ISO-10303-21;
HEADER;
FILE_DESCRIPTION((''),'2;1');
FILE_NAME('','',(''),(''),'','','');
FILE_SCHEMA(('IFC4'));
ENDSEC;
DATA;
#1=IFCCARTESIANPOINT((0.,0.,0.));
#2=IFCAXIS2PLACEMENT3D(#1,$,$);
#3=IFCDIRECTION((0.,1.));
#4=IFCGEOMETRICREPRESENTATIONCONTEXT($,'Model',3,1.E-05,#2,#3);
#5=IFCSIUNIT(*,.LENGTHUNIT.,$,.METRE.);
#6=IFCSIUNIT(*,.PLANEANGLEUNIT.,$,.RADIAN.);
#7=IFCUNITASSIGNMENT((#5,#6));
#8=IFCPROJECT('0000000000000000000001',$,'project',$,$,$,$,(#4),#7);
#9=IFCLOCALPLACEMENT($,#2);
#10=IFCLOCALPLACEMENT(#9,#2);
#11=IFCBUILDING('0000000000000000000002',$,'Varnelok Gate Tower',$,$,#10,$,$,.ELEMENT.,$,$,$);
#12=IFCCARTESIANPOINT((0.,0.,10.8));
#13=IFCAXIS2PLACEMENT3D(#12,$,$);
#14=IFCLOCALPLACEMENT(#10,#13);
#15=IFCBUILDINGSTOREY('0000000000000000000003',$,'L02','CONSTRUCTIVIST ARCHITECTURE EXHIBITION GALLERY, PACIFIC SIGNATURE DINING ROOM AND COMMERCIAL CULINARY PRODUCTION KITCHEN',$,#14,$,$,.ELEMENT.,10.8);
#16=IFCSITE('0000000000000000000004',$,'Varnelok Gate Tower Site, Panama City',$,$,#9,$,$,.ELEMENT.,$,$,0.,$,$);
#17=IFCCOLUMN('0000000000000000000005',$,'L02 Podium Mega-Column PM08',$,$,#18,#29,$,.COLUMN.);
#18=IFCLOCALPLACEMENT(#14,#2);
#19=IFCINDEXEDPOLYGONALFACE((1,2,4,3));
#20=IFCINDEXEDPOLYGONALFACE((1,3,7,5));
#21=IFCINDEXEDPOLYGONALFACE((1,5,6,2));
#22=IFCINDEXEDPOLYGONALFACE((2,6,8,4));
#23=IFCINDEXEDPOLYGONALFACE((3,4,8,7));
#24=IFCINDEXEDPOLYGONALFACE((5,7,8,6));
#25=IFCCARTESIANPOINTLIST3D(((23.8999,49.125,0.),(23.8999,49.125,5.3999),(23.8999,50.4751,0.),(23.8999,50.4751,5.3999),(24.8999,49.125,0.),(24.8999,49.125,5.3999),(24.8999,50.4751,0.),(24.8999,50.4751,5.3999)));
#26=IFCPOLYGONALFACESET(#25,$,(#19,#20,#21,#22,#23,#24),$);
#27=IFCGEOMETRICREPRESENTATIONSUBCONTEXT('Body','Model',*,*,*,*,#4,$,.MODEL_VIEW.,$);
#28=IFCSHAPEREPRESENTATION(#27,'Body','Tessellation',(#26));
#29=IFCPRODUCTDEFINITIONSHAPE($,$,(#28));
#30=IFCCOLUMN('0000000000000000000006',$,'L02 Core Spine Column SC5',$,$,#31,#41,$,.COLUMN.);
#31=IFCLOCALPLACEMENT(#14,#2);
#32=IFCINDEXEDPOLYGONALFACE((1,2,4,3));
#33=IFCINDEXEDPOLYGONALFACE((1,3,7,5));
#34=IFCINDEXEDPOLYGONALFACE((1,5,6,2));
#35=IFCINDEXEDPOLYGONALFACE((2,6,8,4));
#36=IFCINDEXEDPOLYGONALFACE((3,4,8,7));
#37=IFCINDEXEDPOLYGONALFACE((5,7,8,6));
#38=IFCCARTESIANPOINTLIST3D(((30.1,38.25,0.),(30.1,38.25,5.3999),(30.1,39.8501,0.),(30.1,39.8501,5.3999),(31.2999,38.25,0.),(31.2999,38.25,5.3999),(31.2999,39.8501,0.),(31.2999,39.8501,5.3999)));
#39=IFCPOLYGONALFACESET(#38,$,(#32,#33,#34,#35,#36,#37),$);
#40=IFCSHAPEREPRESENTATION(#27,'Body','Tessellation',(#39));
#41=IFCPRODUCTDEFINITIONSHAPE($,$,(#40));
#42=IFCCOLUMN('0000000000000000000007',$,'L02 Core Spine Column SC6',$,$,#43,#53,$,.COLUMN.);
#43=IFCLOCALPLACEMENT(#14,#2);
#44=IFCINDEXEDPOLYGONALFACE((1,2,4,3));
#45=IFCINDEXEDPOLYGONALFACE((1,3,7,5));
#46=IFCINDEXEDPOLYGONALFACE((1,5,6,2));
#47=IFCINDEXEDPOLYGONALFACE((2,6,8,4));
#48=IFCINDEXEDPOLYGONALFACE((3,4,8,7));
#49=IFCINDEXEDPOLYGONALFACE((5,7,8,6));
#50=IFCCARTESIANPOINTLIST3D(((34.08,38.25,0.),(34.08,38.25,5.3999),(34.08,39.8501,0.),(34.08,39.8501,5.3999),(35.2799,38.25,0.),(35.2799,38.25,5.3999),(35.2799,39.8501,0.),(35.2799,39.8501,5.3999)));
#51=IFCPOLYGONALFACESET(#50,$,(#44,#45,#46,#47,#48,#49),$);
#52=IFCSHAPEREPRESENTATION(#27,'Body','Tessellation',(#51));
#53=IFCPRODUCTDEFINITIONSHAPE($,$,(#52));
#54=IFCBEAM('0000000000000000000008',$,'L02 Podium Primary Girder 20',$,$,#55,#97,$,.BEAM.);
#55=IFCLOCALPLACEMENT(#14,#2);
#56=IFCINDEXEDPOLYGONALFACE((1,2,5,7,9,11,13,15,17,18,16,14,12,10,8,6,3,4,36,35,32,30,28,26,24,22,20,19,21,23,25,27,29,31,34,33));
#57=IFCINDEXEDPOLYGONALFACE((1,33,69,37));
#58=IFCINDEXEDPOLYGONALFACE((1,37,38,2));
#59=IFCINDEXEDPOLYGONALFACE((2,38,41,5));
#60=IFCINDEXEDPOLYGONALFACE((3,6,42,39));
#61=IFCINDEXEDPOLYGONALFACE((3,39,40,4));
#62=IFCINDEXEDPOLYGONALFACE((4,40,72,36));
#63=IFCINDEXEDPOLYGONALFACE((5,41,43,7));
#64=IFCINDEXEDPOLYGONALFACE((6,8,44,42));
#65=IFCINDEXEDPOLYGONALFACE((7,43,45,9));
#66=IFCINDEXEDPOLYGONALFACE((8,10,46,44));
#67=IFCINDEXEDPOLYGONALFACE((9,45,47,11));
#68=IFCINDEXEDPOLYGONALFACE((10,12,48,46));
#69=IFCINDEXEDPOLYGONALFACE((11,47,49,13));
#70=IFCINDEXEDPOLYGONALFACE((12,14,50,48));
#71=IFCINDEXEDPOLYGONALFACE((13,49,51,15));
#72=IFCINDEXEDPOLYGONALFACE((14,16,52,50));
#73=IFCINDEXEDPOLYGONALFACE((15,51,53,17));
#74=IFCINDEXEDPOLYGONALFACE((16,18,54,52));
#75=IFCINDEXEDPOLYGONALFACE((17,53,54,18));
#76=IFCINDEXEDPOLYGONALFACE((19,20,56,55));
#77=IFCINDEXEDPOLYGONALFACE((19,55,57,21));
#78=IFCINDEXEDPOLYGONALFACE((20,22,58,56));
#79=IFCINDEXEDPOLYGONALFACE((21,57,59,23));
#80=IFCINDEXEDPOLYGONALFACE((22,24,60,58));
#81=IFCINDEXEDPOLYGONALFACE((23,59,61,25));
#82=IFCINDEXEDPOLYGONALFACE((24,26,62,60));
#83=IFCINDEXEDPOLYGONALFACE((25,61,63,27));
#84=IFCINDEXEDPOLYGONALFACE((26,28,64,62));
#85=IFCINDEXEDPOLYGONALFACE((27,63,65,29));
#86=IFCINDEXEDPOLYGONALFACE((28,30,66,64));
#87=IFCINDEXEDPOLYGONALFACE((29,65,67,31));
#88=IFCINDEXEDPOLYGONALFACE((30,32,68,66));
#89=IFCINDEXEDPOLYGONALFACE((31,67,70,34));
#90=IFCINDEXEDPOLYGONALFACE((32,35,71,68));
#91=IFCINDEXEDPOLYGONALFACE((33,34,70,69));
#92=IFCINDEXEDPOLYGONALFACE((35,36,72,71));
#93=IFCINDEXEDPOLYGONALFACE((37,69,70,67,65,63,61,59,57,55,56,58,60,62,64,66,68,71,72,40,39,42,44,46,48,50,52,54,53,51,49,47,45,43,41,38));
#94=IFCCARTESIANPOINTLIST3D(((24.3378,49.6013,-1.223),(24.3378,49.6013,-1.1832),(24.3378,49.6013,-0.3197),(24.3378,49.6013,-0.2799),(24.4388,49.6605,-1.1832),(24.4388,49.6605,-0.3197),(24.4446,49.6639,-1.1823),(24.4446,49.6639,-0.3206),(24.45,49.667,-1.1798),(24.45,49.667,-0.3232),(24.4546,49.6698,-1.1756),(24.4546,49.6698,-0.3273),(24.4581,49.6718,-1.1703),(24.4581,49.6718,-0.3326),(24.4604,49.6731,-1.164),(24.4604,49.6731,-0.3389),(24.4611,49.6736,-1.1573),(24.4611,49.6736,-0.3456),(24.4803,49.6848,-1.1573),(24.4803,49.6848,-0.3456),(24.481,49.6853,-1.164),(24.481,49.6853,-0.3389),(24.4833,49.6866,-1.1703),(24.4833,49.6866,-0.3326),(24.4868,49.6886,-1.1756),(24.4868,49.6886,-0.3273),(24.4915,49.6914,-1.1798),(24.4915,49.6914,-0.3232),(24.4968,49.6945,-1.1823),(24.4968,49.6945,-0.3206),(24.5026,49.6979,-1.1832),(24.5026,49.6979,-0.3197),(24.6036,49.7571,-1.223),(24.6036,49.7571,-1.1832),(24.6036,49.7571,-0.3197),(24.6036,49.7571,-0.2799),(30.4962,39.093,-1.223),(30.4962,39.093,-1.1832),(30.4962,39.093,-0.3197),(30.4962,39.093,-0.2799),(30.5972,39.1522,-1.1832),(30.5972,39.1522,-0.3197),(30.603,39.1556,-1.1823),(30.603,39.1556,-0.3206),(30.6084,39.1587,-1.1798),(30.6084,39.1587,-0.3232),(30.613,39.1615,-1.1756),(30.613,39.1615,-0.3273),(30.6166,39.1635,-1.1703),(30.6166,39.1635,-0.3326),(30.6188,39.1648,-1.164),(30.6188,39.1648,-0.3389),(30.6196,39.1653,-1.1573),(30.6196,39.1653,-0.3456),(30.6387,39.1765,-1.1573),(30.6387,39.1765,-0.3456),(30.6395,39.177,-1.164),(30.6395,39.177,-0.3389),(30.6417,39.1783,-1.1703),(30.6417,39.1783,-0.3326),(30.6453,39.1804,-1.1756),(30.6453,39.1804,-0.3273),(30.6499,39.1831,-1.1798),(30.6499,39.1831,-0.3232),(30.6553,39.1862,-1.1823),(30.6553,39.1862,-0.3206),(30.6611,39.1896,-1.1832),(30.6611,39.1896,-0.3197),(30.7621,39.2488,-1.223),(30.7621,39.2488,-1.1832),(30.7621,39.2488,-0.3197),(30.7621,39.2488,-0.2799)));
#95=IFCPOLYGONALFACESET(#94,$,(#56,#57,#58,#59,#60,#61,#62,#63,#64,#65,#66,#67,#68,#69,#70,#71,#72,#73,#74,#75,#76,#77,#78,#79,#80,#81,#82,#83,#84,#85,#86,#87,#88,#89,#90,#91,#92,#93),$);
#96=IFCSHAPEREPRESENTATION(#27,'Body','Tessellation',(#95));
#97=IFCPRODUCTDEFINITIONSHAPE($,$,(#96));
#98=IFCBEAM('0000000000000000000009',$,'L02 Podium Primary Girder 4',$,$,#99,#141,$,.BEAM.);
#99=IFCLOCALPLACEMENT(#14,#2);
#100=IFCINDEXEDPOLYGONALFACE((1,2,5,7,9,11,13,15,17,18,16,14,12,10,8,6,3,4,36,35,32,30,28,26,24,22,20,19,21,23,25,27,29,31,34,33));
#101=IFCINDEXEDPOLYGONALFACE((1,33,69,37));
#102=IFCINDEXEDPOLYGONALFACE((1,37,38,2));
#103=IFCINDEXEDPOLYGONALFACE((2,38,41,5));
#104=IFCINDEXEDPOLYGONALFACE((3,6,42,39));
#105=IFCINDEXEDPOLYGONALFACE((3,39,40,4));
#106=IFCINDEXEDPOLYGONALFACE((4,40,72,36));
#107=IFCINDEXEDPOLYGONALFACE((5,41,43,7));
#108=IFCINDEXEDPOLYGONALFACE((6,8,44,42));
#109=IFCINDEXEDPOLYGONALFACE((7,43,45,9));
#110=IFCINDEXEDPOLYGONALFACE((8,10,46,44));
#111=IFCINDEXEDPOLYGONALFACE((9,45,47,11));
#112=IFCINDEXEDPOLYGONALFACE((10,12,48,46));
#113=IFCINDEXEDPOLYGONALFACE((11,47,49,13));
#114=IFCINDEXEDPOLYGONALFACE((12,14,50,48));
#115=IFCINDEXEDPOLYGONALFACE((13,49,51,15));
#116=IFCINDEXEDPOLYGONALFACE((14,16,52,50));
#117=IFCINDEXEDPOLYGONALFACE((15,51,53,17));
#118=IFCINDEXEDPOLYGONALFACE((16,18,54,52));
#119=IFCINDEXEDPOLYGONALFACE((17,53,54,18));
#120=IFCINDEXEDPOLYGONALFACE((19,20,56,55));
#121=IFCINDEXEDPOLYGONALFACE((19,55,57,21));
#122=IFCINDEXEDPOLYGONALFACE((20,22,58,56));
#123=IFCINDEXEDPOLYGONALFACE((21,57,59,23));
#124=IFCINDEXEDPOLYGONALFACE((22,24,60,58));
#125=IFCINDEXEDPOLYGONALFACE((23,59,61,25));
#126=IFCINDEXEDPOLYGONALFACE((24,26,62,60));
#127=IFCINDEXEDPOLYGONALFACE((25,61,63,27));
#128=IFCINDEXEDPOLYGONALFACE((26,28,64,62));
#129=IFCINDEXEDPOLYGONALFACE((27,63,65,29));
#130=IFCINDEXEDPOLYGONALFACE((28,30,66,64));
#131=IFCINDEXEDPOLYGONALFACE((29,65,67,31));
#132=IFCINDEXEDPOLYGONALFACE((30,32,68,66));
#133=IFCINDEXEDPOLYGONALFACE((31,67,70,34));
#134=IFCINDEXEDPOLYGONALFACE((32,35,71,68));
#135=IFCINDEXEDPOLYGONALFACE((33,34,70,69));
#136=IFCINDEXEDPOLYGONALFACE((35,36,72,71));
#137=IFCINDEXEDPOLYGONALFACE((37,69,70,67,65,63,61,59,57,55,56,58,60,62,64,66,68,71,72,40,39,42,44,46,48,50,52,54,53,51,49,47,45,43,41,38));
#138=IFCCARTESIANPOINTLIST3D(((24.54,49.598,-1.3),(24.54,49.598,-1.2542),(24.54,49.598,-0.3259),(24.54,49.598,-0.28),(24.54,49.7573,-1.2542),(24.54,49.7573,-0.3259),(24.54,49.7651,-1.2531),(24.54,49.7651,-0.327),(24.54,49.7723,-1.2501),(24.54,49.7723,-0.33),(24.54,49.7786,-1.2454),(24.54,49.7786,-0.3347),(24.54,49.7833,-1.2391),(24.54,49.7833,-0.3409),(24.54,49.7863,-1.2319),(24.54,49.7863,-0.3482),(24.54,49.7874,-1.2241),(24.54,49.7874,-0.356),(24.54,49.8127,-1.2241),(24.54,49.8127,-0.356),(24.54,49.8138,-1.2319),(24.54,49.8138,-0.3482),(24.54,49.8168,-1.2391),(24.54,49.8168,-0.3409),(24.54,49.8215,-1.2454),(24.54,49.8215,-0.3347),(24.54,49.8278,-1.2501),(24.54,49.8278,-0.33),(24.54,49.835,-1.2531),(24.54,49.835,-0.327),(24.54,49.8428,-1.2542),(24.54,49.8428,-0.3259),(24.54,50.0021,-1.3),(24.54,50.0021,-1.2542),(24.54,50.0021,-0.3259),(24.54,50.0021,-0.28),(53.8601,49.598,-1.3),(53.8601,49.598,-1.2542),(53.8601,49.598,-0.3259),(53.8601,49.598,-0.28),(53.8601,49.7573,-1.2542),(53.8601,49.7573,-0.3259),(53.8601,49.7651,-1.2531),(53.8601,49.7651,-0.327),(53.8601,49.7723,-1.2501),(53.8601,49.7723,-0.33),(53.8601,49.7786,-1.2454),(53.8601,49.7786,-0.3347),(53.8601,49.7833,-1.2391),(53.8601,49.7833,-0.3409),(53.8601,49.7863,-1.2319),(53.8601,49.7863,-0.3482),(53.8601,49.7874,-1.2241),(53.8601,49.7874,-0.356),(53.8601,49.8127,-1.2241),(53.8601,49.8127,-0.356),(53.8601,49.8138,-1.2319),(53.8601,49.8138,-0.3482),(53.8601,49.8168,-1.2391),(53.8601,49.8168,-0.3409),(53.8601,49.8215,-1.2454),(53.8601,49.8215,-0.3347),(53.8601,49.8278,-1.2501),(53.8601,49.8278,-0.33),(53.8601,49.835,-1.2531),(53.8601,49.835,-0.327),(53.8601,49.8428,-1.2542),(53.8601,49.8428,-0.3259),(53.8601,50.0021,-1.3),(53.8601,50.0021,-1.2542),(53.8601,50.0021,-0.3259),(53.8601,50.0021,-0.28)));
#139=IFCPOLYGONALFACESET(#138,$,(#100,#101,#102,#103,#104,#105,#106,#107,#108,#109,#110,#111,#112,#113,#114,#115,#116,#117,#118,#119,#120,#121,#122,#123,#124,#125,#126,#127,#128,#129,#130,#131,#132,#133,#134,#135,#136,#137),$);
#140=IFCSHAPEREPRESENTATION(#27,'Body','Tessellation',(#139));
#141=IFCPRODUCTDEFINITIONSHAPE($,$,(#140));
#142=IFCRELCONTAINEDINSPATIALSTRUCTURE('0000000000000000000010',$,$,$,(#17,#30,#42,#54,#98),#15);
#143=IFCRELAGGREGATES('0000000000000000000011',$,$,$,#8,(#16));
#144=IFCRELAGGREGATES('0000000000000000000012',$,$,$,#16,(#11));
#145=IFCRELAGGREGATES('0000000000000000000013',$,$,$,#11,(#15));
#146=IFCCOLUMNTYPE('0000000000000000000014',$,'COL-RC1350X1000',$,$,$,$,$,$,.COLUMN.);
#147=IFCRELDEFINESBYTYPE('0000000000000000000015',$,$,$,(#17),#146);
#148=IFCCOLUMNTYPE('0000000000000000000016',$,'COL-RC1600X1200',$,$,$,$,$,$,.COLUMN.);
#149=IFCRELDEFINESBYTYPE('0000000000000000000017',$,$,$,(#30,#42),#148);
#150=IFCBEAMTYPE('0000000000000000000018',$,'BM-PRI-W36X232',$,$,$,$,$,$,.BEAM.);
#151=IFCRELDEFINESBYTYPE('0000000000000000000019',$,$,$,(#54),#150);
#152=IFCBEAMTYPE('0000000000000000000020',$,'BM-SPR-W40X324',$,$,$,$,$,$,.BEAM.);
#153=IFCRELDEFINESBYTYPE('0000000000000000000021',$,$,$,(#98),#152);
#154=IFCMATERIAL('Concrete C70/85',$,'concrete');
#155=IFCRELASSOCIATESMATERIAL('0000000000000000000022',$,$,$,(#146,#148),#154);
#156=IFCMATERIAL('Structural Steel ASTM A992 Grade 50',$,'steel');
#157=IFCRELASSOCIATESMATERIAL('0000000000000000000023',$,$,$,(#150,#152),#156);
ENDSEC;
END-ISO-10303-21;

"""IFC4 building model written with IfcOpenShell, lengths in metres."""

from ifc_helpers import new_model, si_unit, direction, frame, origin, origin_2d, place, context, subcontext, project, spatial, rectangle, i_section, extrude, material, material_profile, profile_set, type_object, element, save


model = new_model("IFC4")

# Units and contexts
model_context = context("Model", 3, precision=1e-05, world=origin(), true_north=direction((0.0, 1.0)))
body_context = subcontext(model_context, "Body", "Model", "MODEL_VIEW")
ifc_project = project(units=[si_unit("LENGTHUNIT", "METRE"), si_unit("PLANEANGLEUNIT", "RADIAN")], contexts=[model_context])

# Site, building, storey
site_placement = place(None, origin())
site = spatial("IfcSite", under=ifc_project, at=site_placement, Name="Varnelok Gate Tower Site, Panama City", CompositionType="ELEMENT", RefElevation=0.0)
building_placement = place(site_placement, origin())
building = spatial("IfcBuilding", under=site, at=building_placement, Name="Varnelok Gate Tower", CompositionType="ELEMENT")
storey_placement = place(building_placement, frame((0.0, 0.0, 10.8)))
storey = spatial("IfcBuildingStorey", under=building, at=storey_placement, Name="L02", Description="CONSTRUCTIVIST ARCHITECTURE EXHIBITION GALLERY, PACIFIC SIGNATURE DINING ROOM AND COMMERCIAL CULINARY PRODUCTION KITCHEN", CompositionType="ELEMENT", Elevation=10.8)

# Columns
ifc_material_1 = material(Name="Concrete C70/85", Category="concrete")
ifc_material_profile_1 = material_profile(ifc_material_1, rectangle(XDim=1.0, YDim=1.3501, at=origin_2d()), Name="RC1350X1000")
ifc_profile_set_1 = profile_set([ifc_material_profile_1], Name="Concrete C70/85")
column_type_1 = type_object("IfcColumnType", Name="COL-RC1350X1000", PredefinedType="COLUMN", material=ifc_profile_set_1)
column_placement = place(storey_placement, frame((24.3999, 49.8, 0.0), z_axis=(0.0, 0.0, 1.0), x_axis=(1.0, 0.0, 0.0)))
element("IfcColumn", 1, at=column_placement, inside=storey, type_object=column_type_1, Name="L02 Podium Mega-Column PM08", PredefinedType="COLUMN", context=body_context, shape_type="SweptSolid", body=[
    extrude(rectangle(XDim=1.0, YDim=1.3501, at=origin_2d()), origin(), (0.0, 0.0, 1.0), 5.3999),
])
ifc_material_profile_2 = material_profile(ifc_material_1, rectangle(XDim=1.2, YDim=1.6001, at=origin_2d()), Name="RC1600X1200")
ifc_profile_set_2 = profile_set([ifc_material_profile_2], Name="Concrete C70/85")
column_type_2 = type_object("IfcColumnType", Name="COL-RC1600X1200", PredefinedType="COLUMN", material=ifc_profile_set_2)
for number, where, z_axis, x_axis, name in (
    (2, (30.7, 39.05, 0.0), (0.0, 0.0, 1.0), (1.0, 0.0, 0.0), "L02 Core Spine Column SC5"),
    (3, (34.6799, 39.05, 0.0), (0.0, 0.0, 1.0), (1.0, 0.0, 0.0), "L02 Core Spine Column SC6"),
):
    element("IfcColumn", number, at=place(storey_placement, frame(where, z_axis=z_axis, x_axis=x_axis)), inside=storey, type_object=column_type_2, Name=name, PredefinedType="COLUMN", context=body_context, shape_type="SweptSolid", body=[
        extrude(rectangle(XDim=1.2, YDim=1.6001, at=origin_2d()), origin(), (0.0, 0.0, 1.0), 5.3999),
    ])

# Beams
ifc_material_2 = material(Name="Structural Steel ASTM A992 Grade 50", Category="steel")
ifc_material_profile_3 = material_profile(ifc_material_2, i_section(OverallWidth=0.3081, OverallDepth=0.9431, WebThickness=0.0222, FlangeThickness=0.0398, FilletRadius=0.0259, at=origin_2d()), Name="W36X232")
ifc_profile_set_3 = profile_set([ifc_material_profile_3], Name="Structural Steel ASTM A992 Grade 50")
beam_type_1 = type_object("IfcBeamType", Name="BM-PRI-W36X232", PredefinedType="BEAM", material=ifc_profile_set_3)
beam_1_placement = place(storey_placement, frame((24.4707, 49.6792, -0.7515), z_axis=(0.505622, -0.862755, 0.0), x_axis=(0.862755, 0.505622, 0.0)))
element("IfcBeam", 4, at=beam_1_placement, inside=storey, type_object=beam_type_1, Name="L02 Podium Primary Girder 20", PredefinedType="BEAM", context=body_context, shape_type="SweptSolid", body=[
    extrude(i_section(OverallWidth=0.3081, OverallDepth=0.9431, WebThickness=0.0222, FlangeThickness=0.0398, FilletRadius=0.0259, at=origin_2d()), origin(), (0.0, 0.0, 1.0), 12.1799),
])
ifc_material_profile_4 = material_profile(ifc_material_2, i_section(OverallWidth=0.4041, OverallDepth=1.02, WebThickness=0.0254, FlangeThickness=0.0459, FilletRadius=0.03, at=origin_2d()), Name="W40X324")
ifc_profile_set_4 = profile_set([ifc_material_profile_4], Name="Structural Steel ASTM A992 Grade 50")
beam_type_2 = type_object("IfcBeamType", Name="BM-SPR-W40X324", PredefinedType="BEAM", material=ifc_profile_set_4)
beam_2_placement = place(storey_placement, frame((24.54, 49.8, -0.79), z_axis=(1.0, 0.0, 0.0), x_axis=(0.0, 1.0, 0.0)))
element("IfcBeam", 5, at=beam_2_placement, inside=storey, type_object=beam_type_2, Name="L02 Podium Primary Girder 4", PredefinedType="BEAM", context=body_context, shape_type="SweptSolid", body=[
    extrude(i_section(OverallWidth=0.4041, OverallDepth=1.02, WebThickness=0.0254, FlangeThickness=0.0459, FilletRadius=0.03, at=origin_2d()), origin(), (0.0, 0.0, 1.0), 29.3201),
])

save(model, "model.ifc")
